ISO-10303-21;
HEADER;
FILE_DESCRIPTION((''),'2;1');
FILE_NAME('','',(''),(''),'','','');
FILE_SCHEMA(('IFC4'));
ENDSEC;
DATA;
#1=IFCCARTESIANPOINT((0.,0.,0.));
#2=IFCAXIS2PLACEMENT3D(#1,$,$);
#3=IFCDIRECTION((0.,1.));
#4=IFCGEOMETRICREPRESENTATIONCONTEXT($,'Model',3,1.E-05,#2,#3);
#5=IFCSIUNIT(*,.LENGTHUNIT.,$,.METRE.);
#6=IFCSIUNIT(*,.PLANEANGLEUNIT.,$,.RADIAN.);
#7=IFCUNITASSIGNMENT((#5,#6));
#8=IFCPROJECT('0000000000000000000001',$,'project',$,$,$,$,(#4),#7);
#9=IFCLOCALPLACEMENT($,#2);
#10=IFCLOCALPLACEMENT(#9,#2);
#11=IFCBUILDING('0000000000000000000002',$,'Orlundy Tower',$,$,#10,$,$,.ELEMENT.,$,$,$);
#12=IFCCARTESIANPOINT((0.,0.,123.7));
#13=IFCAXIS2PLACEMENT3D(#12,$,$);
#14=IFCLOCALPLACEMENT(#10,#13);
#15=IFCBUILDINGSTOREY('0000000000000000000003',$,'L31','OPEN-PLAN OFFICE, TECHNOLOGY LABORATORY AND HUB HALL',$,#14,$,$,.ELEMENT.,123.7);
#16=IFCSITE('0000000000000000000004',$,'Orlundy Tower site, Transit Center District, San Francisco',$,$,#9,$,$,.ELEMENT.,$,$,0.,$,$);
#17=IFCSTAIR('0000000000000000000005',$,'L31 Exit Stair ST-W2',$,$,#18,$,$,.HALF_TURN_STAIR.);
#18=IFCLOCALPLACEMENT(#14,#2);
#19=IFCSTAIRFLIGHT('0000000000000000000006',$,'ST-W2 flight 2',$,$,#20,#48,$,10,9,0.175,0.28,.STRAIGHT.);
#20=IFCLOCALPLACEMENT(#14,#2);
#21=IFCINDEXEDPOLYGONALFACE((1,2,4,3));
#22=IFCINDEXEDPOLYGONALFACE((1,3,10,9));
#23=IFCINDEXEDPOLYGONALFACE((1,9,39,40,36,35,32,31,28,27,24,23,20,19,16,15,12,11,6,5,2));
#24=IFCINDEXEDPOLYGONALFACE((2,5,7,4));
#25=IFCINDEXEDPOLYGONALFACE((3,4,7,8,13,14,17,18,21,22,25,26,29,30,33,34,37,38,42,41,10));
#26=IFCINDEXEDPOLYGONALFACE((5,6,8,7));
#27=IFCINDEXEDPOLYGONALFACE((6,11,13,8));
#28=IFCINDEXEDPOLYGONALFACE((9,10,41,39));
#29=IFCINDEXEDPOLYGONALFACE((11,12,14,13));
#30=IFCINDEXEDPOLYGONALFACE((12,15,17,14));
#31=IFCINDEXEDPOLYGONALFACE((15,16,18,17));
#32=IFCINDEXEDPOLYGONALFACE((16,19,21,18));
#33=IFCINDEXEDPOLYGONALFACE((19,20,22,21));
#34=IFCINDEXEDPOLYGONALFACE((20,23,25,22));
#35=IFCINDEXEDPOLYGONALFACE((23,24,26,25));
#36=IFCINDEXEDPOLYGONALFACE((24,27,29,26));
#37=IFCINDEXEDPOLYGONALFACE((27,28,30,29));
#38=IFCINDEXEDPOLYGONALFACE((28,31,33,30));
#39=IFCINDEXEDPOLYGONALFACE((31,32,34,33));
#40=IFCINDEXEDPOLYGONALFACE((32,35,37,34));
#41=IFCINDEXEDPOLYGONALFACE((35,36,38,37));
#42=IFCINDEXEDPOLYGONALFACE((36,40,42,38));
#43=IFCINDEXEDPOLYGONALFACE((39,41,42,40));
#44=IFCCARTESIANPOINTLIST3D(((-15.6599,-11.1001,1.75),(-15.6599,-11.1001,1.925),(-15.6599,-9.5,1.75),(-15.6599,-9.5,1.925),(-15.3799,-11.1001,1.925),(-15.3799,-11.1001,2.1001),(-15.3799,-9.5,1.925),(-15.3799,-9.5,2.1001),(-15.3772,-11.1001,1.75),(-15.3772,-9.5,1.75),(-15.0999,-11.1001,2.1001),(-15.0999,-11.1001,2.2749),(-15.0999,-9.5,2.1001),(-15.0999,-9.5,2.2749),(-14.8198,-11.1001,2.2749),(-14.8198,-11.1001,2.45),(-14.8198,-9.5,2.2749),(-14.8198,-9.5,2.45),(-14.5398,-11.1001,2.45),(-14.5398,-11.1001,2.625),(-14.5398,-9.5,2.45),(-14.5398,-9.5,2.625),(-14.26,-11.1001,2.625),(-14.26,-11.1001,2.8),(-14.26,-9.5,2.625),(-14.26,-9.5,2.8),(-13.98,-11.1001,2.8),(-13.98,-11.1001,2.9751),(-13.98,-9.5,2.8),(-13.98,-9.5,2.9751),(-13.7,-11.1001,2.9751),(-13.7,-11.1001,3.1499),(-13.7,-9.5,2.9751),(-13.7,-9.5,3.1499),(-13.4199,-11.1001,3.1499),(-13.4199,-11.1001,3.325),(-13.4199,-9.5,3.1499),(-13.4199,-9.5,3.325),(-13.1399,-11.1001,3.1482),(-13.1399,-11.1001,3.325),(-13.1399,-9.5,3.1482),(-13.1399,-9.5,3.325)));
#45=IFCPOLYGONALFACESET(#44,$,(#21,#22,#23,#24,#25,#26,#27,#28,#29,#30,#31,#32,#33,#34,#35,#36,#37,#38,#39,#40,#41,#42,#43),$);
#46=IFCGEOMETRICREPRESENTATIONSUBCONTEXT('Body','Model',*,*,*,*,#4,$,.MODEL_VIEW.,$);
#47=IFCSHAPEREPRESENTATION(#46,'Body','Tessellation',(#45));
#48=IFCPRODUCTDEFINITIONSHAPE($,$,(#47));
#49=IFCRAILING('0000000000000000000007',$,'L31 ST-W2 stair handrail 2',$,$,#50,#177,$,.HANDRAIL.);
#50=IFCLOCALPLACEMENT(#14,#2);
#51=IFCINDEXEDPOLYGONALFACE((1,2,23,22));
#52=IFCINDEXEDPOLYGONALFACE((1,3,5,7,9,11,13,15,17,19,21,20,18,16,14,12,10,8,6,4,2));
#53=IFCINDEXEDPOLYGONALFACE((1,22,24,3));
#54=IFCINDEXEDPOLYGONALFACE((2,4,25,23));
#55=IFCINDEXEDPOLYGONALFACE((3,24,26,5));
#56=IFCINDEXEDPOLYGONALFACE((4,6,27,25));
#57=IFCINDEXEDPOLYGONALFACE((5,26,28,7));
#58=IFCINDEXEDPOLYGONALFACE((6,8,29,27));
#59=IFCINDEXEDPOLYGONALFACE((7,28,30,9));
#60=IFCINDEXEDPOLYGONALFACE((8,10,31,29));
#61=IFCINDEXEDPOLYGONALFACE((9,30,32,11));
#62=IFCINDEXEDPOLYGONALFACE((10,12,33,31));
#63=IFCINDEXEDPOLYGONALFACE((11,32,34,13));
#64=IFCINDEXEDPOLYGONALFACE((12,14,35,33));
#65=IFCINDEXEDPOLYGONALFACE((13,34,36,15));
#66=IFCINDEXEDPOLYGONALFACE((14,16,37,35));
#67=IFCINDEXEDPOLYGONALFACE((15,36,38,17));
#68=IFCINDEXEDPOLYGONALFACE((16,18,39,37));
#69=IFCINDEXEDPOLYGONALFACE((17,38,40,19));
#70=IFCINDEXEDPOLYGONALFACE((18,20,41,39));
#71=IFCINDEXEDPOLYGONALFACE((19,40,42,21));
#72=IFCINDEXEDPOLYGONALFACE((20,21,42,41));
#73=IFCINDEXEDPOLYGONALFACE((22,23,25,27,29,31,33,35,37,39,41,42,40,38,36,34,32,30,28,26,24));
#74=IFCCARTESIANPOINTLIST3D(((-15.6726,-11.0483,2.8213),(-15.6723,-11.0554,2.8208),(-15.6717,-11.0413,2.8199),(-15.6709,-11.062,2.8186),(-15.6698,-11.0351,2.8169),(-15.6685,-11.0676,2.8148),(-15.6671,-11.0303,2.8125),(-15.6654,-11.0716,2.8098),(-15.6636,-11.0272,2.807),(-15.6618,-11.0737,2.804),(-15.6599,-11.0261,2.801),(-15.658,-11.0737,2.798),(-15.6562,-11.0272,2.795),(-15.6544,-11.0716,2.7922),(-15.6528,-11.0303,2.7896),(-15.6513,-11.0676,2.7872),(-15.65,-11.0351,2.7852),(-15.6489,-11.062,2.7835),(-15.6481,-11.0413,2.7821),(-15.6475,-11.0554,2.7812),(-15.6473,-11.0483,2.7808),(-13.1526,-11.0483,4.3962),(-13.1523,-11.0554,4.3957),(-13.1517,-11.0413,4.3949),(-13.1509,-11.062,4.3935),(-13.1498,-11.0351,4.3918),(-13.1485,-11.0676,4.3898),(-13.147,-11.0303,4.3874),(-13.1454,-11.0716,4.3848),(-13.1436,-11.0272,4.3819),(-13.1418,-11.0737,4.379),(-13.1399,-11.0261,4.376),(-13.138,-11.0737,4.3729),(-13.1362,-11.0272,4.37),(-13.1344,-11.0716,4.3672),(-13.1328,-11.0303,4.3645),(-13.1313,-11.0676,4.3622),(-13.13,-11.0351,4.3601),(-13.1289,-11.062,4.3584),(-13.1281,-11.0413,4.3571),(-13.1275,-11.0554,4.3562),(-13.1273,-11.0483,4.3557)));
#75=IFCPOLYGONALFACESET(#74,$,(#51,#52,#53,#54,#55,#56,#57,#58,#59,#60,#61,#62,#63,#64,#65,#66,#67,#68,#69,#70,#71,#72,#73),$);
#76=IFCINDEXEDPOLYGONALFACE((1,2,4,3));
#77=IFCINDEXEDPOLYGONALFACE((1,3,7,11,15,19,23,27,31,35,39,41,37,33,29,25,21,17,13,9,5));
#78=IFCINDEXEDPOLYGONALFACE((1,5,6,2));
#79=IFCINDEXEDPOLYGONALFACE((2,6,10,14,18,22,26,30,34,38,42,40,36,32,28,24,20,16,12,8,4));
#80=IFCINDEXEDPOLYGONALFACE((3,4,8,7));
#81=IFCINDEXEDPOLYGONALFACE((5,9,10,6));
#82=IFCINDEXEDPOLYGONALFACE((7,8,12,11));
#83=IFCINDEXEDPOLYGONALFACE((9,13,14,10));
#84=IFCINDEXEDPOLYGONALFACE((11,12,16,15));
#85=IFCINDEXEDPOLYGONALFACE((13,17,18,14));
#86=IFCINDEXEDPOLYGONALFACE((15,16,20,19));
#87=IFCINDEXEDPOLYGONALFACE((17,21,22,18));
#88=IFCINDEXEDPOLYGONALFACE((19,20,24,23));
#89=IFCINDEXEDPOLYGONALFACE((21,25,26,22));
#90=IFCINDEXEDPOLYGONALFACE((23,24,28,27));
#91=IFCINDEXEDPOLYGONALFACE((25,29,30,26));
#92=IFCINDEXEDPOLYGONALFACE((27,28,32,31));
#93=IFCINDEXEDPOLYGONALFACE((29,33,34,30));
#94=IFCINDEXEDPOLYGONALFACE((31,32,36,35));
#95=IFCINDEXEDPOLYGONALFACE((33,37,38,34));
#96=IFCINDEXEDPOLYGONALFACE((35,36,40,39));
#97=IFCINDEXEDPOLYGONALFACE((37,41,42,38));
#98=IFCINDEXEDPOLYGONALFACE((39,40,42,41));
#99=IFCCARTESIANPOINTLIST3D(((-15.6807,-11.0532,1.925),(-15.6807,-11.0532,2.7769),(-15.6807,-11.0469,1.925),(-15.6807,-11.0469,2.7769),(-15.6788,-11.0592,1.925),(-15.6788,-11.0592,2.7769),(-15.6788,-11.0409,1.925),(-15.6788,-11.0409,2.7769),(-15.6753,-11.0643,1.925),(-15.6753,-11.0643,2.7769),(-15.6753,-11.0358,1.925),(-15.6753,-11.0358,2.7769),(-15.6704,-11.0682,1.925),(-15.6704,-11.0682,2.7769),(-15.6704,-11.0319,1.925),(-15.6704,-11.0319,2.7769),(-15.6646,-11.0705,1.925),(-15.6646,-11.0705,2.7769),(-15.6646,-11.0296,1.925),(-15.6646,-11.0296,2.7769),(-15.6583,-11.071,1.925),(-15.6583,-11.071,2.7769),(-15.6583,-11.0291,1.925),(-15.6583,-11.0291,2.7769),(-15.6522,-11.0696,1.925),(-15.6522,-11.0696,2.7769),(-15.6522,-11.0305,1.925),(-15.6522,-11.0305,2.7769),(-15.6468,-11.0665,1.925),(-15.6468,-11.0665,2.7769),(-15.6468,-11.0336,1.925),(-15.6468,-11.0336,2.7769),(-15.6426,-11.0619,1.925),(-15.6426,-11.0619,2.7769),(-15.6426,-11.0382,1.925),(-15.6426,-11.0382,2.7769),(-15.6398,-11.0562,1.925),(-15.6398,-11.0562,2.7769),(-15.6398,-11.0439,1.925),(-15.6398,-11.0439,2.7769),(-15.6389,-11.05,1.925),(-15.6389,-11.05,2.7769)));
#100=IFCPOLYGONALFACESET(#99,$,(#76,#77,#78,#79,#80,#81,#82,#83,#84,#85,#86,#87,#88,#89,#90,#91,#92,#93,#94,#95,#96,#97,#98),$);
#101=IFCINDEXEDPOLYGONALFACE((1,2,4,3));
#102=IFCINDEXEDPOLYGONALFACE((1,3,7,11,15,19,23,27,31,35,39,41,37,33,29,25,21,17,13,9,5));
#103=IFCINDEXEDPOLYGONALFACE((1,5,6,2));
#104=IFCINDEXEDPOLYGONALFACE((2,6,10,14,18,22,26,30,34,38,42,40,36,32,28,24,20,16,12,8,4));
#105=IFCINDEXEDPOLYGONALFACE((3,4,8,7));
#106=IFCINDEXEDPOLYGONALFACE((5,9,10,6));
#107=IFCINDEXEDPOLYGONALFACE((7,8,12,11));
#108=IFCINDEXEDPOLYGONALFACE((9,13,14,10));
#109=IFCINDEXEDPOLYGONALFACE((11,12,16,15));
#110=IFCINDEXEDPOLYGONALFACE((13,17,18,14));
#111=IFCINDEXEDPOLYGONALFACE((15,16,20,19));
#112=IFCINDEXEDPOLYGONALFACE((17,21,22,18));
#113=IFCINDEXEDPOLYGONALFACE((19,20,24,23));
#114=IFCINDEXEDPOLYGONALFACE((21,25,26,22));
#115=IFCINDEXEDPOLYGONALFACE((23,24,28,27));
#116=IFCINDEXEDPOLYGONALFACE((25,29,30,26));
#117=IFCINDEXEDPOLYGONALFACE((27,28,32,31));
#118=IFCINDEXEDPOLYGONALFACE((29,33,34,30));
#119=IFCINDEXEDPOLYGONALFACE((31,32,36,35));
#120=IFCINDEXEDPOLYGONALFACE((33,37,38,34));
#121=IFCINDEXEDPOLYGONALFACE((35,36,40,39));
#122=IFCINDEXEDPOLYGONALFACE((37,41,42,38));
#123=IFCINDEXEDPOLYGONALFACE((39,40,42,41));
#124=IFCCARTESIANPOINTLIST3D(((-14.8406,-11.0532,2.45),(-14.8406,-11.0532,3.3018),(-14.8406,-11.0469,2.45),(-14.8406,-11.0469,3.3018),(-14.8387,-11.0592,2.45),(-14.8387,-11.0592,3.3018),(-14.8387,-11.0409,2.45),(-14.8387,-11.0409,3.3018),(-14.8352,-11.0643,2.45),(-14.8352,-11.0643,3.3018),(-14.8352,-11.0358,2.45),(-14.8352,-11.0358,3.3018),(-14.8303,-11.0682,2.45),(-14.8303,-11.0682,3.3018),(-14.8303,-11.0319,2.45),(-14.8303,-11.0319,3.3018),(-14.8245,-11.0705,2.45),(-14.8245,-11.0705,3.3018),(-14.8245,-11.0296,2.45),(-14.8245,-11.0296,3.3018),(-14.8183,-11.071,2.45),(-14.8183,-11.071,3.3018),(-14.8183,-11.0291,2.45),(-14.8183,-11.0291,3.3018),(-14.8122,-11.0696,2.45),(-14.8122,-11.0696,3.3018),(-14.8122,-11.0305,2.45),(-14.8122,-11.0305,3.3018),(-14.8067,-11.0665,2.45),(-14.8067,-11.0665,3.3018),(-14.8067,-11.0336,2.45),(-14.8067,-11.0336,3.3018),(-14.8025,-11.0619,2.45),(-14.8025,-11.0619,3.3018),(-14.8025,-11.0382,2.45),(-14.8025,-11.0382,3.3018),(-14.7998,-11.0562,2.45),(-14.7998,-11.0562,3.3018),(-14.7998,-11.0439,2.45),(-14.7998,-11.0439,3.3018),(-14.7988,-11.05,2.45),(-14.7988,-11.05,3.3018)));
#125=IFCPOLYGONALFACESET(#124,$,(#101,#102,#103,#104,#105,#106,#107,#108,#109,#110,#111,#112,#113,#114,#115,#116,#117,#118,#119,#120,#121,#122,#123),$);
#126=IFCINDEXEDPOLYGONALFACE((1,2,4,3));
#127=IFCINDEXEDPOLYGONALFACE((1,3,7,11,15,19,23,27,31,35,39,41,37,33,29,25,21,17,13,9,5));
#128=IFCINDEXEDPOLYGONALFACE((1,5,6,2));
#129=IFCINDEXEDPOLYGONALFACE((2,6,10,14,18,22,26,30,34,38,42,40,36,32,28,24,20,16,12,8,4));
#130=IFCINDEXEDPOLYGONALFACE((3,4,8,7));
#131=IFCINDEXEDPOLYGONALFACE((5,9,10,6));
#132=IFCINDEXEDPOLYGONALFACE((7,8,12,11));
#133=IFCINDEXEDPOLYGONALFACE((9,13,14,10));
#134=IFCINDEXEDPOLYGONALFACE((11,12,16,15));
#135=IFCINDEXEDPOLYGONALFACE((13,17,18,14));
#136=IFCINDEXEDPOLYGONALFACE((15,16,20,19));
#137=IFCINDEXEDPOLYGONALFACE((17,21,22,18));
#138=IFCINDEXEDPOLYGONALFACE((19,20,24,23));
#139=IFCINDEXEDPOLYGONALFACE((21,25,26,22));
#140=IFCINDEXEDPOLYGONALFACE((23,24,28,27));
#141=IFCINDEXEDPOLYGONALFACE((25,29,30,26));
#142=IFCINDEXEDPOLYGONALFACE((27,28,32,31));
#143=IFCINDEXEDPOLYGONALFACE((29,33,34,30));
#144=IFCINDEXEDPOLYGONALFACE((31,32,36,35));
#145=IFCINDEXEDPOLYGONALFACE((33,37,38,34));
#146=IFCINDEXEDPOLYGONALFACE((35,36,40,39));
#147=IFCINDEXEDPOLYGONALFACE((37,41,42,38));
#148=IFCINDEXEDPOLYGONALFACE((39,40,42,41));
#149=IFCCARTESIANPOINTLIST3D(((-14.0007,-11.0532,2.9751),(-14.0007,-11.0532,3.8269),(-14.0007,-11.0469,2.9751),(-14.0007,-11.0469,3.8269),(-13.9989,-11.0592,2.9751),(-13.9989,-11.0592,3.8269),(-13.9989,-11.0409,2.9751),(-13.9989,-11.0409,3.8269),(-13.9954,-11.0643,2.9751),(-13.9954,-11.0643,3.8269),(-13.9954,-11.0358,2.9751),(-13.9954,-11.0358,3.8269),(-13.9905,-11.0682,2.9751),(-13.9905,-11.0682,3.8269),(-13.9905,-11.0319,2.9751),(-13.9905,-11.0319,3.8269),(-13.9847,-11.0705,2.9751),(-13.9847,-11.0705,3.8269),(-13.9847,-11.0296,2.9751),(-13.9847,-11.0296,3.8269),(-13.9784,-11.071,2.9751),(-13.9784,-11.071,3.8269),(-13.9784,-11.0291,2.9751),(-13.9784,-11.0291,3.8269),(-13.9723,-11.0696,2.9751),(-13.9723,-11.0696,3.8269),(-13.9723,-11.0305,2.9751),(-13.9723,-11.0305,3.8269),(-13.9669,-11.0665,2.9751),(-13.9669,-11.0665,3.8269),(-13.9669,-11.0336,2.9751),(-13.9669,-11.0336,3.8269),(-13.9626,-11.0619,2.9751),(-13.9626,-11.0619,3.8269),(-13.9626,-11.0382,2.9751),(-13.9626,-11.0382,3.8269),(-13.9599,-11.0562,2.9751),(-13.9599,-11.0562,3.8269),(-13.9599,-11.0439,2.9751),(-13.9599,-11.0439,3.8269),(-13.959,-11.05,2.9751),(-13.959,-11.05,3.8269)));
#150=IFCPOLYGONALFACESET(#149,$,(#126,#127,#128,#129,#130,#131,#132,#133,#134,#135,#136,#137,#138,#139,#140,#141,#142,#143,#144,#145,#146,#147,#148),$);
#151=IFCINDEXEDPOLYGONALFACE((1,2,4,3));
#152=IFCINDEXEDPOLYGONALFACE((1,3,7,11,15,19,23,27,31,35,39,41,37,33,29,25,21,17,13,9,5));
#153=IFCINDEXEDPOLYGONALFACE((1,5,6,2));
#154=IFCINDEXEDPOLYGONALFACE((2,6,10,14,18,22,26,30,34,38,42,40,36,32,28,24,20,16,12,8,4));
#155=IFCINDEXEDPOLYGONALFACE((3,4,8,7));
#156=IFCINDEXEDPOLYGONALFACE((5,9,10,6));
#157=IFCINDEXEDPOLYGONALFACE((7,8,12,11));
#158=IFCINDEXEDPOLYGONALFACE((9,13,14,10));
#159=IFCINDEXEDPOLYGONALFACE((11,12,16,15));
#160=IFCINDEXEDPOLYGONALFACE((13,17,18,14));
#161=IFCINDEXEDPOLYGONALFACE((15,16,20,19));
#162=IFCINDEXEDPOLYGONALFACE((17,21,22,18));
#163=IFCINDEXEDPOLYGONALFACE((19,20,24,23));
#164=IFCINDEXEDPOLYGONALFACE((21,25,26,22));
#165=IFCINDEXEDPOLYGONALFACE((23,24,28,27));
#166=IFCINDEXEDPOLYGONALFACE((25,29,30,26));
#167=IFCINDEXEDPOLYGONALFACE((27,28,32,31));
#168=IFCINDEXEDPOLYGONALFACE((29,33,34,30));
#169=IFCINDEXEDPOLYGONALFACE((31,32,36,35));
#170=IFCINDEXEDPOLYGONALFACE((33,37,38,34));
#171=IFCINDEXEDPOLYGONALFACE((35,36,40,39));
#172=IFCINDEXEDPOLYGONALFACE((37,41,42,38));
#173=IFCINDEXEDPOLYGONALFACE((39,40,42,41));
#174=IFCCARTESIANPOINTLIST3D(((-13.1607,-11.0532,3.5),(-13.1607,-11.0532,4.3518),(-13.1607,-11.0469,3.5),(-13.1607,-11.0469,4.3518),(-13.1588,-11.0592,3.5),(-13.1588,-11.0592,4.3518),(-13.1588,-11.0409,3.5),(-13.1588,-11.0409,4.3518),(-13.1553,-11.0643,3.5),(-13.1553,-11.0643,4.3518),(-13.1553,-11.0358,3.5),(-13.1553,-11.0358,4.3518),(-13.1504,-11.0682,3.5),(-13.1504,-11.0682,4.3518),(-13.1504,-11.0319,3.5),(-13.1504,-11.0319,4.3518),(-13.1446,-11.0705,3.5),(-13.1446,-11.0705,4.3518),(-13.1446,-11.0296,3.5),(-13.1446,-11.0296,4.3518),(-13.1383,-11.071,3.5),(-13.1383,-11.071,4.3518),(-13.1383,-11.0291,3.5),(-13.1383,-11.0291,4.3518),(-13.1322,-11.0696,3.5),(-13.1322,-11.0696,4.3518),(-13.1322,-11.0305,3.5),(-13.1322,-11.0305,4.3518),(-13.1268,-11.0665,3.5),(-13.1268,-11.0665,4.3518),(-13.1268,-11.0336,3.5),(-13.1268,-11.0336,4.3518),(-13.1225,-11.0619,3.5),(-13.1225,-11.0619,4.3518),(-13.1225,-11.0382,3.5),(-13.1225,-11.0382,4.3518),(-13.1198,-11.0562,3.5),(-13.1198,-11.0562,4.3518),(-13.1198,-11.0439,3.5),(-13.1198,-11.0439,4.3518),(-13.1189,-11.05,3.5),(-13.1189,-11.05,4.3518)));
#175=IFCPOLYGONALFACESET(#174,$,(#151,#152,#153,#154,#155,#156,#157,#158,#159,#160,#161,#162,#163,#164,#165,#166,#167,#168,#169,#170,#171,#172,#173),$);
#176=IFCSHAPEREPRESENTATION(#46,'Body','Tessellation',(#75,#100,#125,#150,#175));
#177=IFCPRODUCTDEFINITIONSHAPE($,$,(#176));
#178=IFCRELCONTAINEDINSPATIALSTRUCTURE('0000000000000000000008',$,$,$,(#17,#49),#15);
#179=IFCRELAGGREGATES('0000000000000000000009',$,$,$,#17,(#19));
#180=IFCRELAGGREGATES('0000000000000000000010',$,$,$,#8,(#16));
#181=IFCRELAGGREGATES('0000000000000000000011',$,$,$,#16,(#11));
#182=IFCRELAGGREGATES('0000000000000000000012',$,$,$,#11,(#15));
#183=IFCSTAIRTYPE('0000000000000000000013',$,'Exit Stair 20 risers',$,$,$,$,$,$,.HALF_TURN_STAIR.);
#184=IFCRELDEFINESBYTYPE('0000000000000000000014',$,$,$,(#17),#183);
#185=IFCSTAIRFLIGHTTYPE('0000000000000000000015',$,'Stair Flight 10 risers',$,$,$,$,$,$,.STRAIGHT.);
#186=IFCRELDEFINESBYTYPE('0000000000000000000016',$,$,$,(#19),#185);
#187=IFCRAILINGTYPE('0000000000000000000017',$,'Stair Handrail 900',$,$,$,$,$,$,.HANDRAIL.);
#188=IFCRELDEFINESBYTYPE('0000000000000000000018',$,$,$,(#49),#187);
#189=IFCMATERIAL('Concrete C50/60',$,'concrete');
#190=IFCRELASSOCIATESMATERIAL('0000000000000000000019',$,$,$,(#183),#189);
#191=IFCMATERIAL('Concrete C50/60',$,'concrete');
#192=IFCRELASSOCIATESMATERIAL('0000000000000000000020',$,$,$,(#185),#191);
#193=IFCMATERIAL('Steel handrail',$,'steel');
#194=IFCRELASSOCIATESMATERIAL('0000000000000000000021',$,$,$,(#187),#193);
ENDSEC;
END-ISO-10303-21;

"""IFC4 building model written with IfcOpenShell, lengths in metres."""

from ifc_helpers import new_model, si_unit, direction, frame, origin, origin_2d, place, context, subcontext, project, spatial, polyline, circle, outline, extrude, material, type_object, element, aggregate, save


model = new_model("IFC4")

# Units and contexts
model_context = context("Model", 3, precision=1e-05, world=origin(), true_north=direction((0.0, 1.0)))
body_context = subcontext(model_context, "Body", "Model", "MODEL_VIEW")
ifc_project = project(units=[si_unit("LENGTHUNIT", "METRE"), si_unit("PLANEANGLEUNIT", "RADIAN")], contexts=[model_context])

# Site, building, storey
site_placement = place(None, origin())
site = spatial("IfcSite", under=ifc_project, at=site_placement, Name="Orlundy Tower site, Transit Center District, San Francisco", CompositionType="ELEMENT", RefElevation=0.0)
building_placement = place(site_placement, origin())
building = spatial("IfcBuilding", under=site, at=building_placement, Name="Orlundy Tower", CompositionType="ELEMENT")
storey_placement = place(building_placement, frame((0.0, 0.0, 123.7)))
storey = spatial("IfcBuildingStorey", under=building, at=storey_placement, Name="L31", Description="OPEN-PLAN OFFICE, TECHNOLOGY LABORATORY AND HUB HALL", CompositionType="ELEMENT", Elevation=123.7)

# Stair, stair flight
ifc_material_1 = material(Name="Concrete C50/60", Category="concrete")
stair_type = type_object("IfcStairType", Name="Exit Stair 20 risers", PredefinedType="HALF_TURN_STAIR", material=ifc_material_1)
stair_placement = place(storey_placement, origin())
stair = element("IfcStair", 1, at=stair_placement, inside=storey, type_object=stair_type, Name="L31 Exit Stair ST-W2", PredefinedType="HALF_TURN_STAIR")
ifc_material_2 = material(Name="Concrete C50/60", Category="concrete")
stair_flight_type = type_object("IfcStairFlightType", Name="Stair Flight 10 risers", PredefinedType="STRAIGHT", material=ifc_material_2)
stair_flight_placement = place(storey_placement, frame((-15.6599, -10.3, 1.75), z_axis=(0.0, 0.0, 1.0), x_axis=(1.0, 0.0, 0.0)))
stair_flight = element("IfcStairFlight", 2, at=stair_flight_placement, type_object=stair_flight_type, Name="ST-W2 flight 2", NumberOfRisers=10, NumberOfTreads=9, PredefinedType="STRAIGHT", RiserHeight=0.175, TreadLength=0.28, context=body_context, shape_type="SweptSolid", body=[
    extrude(outline(polyline([(0.0, 0.0), (0.0, 0.175), (0.28, 0.175), (0.28, 0.3501), (0.5601, 0.3501), (0.5601, 0.5249), (0.8401, 0.5249), (0.8401, 0.7), (1.1201, 0.7), (1.1201, 0.875), (1.3999, 0.875), (1.3999, 1.05), (1.6799, 1.05), (1.6799, 1.2251), (1.96, 1.2251), (1.96, 1.3999), (2.24, 1.3999), (2.24, 1.575), (2.52, 1.575), (2.52, 1.75), (2.52, 1.3982), (0.2827, 0.0), (0.0, 0.0)])), frame((0.0, 0.8, 0.0), z_axis=(0.0, -1.0, 0.0), x_axis=(1.0, 0.0, 0.0)), (0.0, 0.0, 1.0), 1.6001),
])
aggregate(stair, [stair_flight])

# Railing
ifc_material_3 = material(Name="Steel handrail", Category="steel")
railing_type = type_object("IfcRailingType", Name="Stair Handrail 900", PredefinedType="HANDRAIL", material=ifc_material_3)
railing_placement = place(storey_placement, frame((-15.6599, -11.05, 1.925)))
element("IfcRailing", 3, at=railing_placement, inside=storey, type_object=railing_type, Name="L31 ST-W2 stair handrail 2", PredefinedType="HANDRAIL", context=body_context, shape_type="SweptSolid", body=[
    extrude(circle(Radius=0.0239, at=origin_2d()), frame((0.0, 0.0, 0.876), z_axis=(0.848008, 0.0, 0.529984), x_axis=(0.0, 1.0, 0.0)), (0.0, 0.0, 1.0), 2.9717),
    extrude(circle(Radius=0.021, at=origin_2d()), origin(), (0.0, 0.0, 1.0), 0.8518),
    extrude(circle(Radius=0.021, at=origin_2d()), frame((0.8401, 0.0, 0.5249)), (0.0, 0.0, 1.0), 0.8518),
    extrude(circle(Radius=0.021, at=origin_2d()), frame((1.6799, 0.0, 1.05)), (0.0, 0.0, 1.0), 0.8518),
    extrude(circle(Radius=0.021, at=origin_2d()), frame((2.52, 0.0, 1.575)), (0.0, 0.0, 1.0), 0.8518),
])

save(model, "model.ifc")
